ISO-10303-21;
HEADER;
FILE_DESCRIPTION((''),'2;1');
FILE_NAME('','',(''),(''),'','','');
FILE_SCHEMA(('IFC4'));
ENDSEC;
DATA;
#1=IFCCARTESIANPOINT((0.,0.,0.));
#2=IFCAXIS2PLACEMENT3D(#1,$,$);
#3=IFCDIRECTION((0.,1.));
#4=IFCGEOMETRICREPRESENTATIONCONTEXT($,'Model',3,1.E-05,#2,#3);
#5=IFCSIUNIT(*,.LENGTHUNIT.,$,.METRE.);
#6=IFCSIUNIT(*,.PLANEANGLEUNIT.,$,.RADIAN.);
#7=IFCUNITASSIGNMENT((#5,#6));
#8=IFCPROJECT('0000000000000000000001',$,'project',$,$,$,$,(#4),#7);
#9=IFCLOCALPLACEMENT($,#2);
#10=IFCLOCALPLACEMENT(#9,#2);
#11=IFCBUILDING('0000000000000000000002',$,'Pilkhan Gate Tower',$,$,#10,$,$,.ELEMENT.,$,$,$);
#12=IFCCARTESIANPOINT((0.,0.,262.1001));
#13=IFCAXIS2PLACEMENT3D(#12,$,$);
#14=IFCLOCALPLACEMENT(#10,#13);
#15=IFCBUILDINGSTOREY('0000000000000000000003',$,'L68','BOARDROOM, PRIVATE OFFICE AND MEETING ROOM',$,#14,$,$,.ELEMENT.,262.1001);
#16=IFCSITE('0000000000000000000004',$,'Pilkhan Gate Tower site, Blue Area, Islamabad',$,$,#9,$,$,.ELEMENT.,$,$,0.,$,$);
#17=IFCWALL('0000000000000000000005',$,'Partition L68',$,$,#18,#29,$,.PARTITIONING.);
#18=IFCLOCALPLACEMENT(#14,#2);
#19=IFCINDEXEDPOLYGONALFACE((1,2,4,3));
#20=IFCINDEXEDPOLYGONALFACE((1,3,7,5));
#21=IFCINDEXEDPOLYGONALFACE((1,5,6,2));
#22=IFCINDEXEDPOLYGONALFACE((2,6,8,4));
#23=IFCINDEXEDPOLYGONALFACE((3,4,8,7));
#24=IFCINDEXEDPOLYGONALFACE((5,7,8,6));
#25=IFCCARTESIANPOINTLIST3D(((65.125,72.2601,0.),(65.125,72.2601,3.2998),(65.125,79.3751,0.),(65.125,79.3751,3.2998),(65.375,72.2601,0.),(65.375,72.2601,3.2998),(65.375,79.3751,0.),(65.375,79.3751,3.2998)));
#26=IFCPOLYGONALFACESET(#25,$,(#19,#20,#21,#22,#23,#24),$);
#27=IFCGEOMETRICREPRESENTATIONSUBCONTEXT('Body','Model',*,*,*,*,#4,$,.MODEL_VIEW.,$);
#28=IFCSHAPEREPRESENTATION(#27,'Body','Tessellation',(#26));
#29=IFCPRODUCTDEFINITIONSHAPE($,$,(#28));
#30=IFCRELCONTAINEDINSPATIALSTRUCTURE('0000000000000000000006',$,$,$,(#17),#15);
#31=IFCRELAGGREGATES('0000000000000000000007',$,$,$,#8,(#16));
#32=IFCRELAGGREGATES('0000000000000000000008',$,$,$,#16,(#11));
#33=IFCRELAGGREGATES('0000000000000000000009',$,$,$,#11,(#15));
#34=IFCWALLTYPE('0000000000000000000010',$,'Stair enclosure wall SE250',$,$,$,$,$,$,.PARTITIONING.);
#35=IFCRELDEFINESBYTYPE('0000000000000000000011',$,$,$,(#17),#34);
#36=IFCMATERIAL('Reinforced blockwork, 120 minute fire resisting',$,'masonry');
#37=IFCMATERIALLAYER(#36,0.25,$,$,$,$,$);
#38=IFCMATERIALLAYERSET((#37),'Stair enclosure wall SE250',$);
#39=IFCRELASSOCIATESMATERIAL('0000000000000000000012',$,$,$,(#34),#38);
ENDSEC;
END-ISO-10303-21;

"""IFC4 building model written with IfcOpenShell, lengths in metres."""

from ifc_helpers import new_model, si_unit, direction, frame, frame_2d, origin, place, context, subcontext, project, spatial, rectangle, extrude, material, layer, layer_set, type_object, element, save


model = new_model("IFC4")

# Units and contexts
model_context = context("Model", 3, precision=1e-05, world=origin(), true_north=direction((0.0, 1.0)))
body_context = subcontext(model_context, "Body", "Model", "MODEL_VIEW")
ifc_project = project(units=[si_unit("LENGTHUNIT", "METRE"), si_unit("PLANEANGLEUNIT", "RADIAN")], contexts=[model_context])

# Site, building, storey
site_placement = place(None, origin())
site = spatial("IfcSite", under=ifc_project, at=site_placement, Name="Pilkhan Gate Tower site, Blue Area, Islamabad", CompositionType="ELEMENT", RefElevation=0.0)
building_placement = place(site_placement, origin())
building = spatial("IfcBuilding", under=site, at=building_placement, Name="Pilkhan Gate Tower", CompositionType="ELEMENT")
storey_placement = place(building_placement, frame((0.0, 0.0, 262.1001)))
storey = spatial("IfcBuildingStorey", under=building, at=storey_placement, Name="L68", Description="BOARDROOM, PRIVATE OFFICE AND MEETING ROOM", CompositionType="ELEMENT", Elevation=262.1001)

# Wall
ifc_material_1 = material(Name="Reinforced blockwork, 120 minute fire resisting", Category="masonry")
ifc_layer_1 = layer(ifc_material_1, 0.25)
ifc_layer_set_1 = layer_set([ifc_layer_1], Name="Stair enclosure wall SE250")
wall_type_1 = type_object("IfcWallType", Name="Stair enclosure wall SE250", PredefinedType="PARTITIONING", material=ifc_layer_set_1)
wall_1_placement = place(storey_placement, frame((65.25, 72.26, 0.0), z_axis=(0.0, 0.0, 1.0), x_axis=(0.0, 1.0, 0.0)))
element("IfcWall", 1, at=wall_1_placement, inside=storey, type_object=wall_type_1, Name="Partition L68", PredefinedType="PARTITIONING", context=body_context, shape_type="SweptSolid", body=[
    extrude(rectangle(XDim=7.115, YDim=0.25, at=frame_2d((3.5576, 0.0))), origin(), (0.0, 0.0, 1.0), 3.2998),
])

save(model, "model.ifc")
